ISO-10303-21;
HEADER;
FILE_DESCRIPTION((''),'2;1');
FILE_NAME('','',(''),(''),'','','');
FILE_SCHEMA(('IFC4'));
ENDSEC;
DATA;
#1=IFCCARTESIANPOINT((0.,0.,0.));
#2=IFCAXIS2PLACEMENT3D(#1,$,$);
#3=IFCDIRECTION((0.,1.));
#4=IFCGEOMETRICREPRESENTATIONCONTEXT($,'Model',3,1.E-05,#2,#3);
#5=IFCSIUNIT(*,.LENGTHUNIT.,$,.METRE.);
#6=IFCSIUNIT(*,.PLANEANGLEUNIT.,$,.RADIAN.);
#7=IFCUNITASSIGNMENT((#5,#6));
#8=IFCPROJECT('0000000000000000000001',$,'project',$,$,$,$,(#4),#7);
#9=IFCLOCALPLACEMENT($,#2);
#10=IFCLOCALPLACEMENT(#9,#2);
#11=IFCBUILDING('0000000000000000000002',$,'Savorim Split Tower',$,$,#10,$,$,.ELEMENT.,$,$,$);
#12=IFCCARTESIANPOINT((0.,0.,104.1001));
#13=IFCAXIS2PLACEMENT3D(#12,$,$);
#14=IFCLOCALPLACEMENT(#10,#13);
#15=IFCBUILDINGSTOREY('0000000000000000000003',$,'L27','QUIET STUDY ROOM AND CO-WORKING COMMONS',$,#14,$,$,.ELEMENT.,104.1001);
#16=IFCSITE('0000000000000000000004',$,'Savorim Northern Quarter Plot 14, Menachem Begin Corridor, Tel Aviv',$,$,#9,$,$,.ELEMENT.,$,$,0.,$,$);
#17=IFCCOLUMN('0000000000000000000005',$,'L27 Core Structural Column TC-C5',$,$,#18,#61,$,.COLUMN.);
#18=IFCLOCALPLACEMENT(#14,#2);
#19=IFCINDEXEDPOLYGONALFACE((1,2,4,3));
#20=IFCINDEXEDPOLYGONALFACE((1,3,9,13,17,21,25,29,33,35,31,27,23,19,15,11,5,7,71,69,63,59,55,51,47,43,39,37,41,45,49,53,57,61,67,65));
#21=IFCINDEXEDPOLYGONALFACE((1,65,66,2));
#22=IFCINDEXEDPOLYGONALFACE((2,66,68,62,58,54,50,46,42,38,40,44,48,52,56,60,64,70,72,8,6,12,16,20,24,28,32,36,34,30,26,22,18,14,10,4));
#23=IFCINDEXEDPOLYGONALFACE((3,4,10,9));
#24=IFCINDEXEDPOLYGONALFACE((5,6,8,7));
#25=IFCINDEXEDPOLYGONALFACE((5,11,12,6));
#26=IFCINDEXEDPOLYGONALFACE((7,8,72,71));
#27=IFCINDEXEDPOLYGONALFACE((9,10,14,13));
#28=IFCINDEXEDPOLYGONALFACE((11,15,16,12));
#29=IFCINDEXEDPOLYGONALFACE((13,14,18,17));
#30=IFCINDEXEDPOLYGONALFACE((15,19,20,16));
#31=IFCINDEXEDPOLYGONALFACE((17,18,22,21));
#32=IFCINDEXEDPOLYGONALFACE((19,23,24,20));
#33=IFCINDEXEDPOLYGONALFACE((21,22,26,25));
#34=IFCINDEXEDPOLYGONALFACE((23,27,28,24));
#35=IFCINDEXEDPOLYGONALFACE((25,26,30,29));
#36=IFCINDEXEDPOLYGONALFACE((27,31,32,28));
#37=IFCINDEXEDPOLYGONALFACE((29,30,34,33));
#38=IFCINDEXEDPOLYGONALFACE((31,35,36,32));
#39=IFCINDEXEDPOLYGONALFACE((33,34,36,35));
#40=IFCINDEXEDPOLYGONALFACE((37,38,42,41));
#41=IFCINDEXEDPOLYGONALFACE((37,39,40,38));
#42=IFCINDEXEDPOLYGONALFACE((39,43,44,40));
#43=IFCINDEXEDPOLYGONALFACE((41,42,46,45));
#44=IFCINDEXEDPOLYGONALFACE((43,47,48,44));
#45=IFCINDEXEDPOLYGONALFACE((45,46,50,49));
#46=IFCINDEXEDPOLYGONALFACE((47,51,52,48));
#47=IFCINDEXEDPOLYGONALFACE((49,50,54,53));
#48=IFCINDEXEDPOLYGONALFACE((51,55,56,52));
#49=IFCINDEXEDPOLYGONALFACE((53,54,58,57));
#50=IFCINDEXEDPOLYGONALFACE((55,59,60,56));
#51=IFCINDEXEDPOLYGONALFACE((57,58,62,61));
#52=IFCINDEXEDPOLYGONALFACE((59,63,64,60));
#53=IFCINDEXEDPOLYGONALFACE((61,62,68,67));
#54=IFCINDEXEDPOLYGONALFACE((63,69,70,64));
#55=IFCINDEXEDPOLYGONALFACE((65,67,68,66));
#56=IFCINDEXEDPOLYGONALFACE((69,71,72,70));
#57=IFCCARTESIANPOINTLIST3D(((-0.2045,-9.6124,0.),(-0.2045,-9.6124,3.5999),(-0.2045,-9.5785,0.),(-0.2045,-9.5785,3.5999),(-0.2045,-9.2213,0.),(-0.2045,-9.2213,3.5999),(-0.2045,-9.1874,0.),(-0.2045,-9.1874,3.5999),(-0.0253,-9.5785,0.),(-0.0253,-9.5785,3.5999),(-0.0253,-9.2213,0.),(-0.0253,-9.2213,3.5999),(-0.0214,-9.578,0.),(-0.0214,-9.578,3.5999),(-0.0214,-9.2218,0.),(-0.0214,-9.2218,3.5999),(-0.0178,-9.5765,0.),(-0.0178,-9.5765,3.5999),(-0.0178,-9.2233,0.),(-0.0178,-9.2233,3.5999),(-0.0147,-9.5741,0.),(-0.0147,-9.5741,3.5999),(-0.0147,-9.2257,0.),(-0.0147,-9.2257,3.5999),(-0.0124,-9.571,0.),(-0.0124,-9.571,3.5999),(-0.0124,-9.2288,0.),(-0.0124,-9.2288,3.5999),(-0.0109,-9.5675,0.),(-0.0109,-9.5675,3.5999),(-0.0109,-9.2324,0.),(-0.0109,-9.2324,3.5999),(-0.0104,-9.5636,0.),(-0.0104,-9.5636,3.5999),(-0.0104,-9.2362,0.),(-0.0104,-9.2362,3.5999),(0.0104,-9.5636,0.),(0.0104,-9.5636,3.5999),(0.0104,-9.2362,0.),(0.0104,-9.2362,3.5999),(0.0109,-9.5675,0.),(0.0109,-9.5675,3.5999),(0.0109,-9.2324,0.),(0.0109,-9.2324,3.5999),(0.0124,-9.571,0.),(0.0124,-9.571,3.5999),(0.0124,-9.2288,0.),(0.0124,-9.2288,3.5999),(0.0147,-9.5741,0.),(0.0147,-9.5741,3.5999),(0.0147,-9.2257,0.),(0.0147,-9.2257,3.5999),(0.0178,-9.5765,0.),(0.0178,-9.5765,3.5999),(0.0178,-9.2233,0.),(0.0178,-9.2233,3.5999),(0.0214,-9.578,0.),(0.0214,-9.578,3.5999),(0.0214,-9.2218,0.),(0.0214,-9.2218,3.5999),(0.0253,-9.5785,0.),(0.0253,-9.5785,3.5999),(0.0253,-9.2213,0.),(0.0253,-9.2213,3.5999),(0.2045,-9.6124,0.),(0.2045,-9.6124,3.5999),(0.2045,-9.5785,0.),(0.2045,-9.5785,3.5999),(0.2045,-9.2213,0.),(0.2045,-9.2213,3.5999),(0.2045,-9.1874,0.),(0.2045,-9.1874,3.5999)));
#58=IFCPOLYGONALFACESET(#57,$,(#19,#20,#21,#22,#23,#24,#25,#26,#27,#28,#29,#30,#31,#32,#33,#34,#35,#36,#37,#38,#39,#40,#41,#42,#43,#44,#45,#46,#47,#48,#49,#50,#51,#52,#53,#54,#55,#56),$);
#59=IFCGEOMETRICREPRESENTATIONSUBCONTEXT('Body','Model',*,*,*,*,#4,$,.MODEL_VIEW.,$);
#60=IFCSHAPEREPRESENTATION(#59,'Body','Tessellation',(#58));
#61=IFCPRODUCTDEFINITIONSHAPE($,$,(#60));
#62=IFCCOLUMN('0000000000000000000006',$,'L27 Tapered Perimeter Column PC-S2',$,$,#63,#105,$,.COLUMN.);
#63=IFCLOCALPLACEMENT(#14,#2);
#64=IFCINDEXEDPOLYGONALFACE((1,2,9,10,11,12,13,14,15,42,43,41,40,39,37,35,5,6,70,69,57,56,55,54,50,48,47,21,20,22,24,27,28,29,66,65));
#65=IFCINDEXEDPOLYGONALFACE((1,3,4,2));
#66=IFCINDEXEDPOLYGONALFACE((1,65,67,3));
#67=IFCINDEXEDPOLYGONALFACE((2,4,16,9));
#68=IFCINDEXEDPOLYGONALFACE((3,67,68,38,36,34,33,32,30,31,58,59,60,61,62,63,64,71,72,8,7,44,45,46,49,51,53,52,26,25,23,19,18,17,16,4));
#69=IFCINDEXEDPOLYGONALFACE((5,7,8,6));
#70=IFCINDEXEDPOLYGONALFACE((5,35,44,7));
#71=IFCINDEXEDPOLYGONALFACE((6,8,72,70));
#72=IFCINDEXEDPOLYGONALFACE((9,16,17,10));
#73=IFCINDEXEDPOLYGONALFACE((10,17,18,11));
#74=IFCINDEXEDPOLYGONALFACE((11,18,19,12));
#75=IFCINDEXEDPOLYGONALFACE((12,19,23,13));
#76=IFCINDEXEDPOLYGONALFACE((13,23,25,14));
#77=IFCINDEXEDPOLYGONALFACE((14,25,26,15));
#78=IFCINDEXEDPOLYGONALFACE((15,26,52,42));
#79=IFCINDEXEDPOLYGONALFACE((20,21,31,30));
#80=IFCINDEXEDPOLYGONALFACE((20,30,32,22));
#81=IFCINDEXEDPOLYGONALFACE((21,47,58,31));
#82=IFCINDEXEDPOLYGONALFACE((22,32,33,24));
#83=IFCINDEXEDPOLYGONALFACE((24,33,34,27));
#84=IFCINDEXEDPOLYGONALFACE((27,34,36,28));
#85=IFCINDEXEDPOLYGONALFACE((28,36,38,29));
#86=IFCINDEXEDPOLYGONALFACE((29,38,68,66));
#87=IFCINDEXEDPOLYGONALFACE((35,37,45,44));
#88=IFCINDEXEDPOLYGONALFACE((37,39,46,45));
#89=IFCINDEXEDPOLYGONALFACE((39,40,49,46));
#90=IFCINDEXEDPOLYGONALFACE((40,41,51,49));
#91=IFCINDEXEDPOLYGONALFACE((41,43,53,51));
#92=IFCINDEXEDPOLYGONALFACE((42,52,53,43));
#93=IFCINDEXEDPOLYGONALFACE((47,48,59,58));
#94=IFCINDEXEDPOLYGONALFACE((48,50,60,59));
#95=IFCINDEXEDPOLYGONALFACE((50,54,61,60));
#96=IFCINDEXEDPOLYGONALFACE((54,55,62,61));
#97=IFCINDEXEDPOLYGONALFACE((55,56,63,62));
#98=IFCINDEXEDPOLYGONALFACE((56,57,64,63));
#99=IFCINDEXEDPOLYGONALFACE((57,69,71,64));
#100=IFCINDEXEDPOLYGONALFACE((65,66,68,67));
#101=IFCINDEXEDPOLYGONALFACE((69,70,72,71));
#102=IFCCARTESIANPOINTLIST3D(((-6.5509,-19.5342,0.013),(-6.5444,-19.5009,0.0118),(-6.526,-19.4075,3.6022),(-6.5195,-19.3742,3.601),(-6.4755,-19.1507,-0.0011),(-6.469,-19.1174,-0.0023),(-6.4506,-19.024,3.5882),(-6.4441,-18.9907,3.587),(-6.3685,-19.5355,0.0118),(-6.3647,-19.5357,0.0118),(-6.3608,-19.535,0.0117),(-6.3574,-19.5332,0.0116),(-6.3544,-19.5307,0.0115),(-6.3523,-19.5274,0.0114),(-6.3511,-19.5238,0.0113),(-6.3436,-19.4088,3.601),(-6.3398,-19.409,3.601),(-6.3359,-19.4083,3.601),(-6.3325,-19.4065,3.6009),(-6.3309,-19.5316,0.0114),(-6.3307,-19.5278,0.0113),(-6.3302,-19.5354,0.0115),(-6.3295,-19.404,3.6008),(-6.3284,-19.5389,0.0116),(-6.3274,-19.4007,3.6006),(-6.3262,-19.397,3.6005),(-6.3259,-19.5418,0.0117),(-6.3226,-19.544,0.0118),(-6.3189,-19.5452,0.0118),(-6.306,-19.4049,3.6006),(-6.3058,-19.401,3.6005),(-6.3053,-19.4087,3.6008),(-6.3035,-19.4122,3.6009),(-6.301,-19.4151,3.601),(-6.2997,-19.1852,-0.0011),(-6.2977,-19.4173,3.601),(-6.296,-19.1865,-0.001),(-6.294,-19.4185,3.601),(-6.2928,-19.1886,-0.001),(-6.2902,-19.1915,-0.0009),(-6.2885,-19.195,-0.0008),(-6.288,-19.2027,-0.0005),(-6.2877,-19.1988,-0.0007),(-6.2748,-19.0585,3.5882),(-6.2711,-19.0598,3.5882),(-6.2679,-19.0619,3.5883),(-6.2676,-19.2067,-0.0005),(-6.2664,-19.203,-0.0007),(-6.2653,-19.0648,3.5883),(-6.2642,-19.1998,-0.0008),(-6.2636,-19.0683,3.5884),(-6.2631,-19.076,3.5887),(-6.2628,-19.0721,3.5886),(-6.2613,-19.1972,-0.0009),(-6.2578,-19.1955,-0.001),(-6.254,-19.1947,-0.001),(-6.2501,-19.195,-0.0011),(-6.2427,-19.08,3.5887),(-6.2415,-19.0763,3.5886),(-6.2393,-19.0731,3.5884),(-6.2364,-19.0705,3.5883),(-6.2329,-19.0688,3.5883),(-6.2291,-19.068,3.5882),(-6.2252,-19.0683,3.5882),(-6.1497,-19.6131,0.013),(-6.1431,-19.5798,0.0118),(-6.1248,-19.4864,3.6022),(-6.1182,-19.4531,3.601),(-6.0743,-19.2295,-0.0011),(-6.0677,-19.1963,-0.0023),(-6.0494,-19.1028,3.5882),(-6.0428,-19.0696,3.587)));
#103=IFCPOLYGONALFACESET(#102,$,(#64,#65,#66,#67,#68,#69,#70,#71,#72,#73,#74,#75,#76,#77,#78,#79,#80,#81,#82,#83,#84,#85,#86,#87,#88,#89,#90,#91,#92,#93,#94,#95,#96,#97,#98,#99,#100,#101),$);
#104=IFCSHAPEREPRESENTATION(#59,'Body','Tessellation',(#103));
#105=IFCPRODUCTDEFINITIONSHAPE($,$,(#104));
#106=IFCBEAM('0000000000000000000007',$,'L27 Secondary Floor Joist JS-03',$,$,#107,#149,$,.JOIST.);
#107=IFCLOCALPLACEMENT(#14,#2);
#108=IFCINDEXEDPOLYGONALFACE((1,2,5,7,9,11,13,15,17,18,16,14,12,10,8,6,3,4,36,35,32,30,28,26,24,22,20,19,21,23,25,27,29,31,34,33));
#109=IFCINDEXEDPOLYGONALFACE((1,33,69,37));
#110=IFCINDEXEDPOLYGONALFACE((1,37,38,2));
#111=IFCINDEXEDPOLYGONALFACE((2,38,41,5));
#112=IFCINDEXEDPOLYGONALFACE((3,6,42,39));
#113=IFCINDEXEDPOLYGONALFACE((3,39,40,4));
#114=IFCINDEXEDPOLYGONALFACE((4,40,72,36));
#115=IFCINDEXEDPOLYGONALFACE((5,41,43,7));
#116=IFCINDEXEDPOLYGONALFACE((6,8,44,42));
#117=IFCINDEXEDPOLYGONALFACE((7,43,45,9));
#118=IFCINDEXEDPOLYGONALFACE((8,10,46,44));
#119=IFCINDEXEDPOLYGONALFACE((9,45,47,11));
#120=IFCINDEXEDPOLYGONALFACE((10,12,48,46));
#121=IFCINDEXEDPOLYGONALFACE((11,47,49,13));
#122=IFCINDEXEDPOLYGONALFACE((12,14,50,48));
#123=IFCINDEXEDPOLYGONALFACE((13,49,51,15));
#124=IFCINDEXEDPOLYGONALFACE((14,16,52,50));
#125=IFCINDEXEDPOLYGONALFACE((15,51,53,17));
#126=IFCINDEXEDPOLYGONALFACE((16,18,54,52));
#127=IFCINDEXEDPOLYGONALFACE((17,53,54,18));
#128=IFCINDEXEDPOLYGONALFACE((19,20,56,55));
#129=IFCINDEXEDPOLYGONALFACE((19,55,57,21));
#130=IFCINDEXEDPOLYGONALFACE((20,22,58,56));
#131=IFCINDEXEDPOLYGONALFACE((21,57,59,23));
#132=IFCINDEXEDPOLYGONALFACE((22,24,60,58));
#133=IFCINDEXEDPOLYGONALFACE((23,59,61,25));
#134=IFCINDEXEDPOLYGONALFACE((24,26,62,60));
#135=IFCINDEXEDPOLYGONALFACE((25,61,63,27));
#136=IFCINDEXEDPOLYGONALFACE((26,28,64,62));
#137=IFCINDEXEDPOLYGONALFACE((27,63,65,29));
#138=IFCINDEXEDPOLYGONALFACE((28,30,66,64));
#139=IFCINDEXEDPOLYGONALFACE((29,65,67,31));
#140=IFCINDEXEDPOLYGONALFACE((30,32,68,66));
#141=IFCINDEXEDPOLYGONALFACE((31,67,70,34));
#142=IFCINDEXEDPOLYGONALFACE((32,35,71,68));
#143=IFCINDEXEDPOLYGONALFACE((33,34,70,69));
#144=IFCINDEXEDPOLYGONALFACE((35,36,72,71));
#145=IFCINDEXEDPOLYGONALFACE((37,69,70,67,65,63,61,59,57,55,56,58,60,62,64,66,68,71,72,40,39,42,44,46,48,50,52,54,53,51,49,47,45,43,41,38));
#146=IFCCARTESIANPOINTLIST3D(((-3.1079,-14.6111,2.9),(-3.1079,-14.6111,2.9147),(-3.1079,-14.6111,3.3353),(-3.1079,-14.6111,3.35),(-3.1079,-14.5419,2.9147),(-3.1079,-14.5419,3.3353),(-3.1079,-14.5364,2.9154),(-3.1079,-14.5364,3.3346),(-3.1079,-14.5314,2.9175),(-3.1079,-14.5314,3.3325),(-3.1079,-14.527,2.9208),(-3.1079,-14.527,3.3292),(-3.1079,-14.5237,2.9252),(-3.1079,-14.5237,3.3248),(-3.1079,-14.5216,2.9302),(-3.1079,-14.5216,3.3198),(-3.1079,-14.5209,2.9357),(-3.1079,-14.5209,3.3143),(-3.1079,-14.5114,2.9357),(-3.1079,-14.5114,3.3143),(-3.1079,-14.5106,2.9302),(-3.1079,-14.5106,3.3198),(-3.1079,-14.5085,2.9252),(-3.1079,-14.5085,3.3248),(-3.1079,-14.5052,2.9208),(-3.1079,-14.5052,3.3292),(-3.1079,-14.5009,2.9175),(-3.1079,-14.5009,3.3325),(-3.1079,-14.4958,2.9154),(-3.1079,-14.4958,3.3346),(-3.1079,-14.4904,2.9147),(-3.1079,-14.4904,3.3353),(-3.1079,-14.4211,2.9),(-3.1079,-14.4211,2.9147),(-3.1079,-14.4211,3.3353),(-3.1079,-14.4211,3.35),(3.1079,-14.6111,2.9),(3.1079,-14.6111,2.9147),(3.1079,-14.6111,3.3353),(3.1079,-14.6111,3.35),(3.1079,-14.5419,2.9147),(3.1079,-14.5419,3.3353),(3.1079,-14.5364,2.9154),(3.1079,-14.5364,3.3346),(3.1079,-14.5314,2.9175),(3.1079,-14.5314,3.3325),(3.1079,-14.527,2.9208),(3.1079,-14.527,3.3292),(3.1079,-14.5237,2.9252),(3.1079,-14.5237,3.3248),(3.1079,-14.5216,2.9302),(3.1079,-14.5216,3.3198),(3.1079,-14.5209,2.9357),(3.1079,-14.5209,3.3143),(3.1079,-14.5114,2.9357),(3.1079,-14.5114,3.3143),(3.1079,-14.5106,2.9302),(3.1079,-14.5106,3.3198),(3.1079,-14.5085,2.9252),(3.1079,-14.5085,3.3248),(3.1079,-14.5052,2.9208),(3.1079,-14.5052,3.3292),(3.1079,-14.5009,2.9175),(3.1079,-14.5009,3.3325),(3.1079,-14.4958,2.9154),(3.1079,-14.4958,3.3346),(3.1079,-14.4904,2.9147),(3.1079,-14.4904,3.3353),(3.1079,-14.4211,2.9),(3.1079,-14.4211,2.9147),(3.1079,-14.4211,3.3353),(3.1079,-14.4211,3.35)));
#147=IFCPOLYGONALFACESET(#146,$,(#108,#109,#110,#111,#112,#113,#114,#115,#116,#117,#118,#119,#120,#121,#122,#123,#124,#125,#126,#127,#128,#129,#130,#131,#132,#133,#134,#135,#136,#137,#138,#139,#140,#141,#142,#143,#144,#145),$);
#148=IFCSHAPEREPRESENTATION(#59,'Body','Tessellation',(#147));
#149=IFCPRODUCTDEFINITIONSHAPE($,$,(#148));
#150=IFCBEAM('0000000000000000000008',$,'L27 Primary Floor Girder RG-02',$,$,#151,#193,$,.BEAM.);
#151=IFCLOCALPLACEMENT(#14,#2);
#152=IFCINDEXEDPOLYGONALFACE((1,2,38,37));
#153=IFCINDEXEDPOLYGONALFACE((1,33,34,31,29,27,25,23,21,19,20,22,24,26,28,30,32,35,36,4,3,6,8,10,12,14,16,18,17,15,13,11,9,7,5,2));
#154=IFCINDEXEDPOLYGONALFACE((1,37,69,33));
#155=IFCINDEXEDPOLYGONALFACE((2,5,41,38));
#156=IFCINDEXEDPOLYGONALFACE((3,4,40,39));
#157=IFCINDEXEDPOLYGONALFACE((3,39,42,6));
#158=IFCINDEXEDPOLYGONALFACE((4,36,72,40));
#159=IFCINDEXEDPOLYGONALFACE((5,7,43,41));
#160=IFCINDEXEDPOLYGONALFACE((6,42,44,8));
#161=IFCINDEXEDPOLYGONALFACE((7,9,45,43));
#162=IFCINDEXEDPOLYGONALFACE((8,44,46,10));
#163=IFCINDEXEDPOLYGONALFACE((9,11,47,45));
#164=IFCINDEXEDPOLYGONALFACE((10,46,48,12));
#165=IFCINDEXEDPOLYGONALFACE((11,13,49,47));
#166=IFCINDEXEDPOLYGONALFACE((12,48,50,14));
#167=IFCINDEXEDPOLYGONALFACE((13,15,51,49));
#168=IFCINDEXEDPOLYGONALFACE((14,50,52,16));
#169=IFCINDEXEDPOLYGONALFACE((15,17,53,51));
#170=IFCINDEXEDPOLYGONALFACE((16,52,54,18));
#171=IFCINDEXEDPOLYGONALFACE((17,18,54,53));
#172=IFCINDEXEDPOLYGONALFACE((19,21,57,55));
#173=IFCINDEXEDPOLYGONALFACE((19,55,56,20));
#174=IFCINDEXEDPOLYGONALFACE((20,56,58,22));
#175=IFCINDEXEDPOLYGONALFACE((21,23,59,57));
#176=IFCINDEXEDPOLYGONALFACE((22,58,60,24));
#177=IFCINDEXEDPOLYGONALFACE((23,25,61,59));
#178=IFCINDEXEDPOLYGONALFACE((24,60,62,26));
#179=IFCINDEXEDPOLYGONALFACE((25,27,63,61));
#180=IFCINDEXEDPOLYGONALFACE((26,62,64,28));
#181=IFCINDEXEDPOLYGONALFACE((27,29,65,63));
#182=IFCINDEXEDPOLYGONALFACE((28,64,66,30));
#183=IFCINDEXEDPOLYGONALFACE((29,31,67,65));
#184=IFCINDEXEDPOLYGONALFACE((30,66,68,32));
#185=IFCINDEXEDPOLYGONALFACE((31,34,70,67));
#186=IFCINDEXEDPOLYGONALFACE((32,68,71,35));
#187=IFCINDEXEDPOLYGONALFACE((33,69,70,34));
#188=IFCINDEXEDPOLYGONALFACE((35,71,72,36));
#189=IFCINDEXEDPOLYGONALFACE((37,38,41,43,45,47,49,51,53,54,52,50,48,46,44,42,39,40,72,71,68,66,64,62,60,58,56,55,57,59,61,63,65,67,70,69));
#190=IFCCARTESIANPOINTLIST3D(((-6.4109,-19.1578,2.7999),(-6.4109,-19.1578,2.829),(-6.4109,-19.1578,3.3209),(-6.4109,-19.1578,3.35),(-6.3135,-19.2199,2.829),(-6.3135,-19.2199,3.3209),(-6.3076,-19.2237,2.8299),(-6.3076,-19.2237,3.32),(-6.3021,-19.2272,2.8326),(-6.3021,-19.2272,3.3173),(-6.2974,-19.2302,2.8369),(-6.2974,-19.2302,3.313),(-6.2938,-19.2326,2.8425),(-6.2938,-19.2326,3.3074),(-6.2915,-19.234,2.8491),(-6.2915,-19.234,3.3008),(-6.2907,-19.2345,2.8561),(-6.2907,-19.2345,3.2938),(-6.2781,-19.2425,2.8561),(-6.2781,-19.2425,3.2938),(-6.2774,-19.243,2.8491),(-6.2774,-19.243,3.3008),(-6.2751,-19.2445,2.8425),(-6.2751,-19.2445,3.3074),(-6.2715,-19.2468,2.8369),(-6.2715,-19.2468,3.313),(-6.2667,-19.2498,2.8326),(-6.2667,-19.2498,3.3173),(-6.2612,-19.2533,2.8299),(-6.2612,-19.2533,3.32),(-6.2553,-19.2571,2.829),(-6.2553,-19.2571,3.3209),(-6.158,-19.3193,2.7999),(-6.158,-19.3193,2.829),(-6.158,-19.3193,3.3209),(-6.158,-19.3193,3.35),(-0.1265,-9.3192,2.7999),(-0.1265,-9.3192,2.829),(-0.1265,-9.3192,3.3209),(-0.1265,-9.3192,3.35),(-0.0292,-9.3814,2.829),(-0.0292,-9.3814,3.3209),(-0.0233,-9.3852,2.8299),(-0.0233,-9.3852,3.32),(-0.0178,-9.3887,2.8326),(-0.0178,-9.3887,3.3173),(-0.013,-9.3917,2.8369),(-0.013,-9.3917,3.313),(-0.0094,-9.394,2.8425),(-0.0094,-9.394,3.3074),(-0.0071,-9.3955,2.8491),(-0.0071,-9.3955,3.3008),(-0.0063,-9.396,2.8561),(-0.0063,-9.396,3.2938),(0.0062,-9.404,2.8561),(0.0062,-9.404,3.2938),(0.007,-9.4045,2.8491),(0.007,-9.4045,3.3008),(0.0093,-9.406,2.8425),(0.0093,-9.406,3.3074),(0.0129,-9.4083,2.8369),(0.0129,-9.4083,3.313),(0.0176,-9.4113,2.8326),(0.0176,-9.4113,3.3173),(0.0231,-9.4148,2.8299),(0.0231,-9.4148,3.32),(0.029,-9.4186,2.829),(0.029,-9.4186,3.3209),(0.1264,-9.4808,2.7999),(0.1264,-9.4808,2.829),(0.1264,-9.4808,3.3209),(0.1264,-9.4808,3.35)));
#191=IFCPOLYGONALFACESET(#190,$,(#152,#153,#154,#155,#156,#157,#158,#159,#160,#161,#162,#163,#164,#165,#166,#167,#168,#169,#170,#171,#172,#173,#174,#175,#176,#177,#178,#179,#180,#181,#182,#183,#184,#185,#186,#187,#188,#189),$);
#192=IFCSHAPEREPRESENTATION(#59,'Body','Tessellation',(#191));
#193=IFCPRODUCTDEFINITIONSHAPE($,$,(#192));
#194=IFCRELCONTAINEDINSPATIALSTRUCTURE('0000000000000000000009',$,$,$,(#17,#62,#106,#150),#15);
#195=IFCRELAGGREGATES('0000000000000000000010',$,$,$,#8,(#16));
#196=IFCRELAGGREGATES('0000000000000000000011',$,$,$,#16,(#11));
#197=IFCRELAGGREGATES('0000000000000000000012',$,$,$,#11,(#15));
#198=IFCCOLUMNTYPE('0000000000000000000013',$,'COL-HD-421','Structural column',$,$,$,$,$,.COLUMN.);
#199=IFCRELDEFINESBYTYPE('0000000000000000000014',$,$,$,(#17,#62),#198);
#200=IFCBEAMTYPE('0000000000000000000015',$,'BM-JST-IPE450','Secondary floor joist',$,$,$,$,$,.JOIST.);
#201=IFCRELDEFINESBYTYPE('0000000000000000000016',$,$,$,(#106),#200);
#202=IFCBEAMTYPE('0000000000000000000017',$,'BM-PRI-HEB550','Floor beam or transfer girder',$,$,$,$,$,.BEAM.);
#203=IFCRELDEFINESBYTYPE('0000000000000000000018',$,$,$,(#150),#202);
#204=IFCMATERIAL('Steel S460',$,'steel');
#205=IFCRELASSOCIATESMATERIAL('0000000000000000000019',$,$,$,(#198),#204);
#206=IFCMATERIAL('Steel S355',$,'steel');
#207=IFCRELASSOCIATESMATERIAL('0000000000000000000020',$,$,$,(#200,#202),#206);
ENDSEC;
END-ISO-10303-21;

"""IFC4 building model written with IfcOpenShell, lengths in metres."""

from ifc_helpers import new_model, si_unit, direction, frame, origin, origin_2d, place, context, subcontext, project, spatial, i_section, extrude, material, material_profile, profile_set, type_object, element, save


model = new_model("IFC4")

# Units and contexts
model_context = context("Model", 3, precision=1e-05, world=origin(), true_north=direction((0.0, 1.0)))
body_context = subcontext(model_context, "Body", "Model", "MODEL_VIEW")
ifc_project = project(units=[si_unit("LENGTHUNIT", "METRE"), si_unit("PLANEANGLEUNIT", "RADIAN")], contexts=[model_context])

# Site, building, storey
site_placement = place(None, origin())
site = spatial("IfcSite", under=ifc_project, at=site_placement, Name="Savorim Northern Quarter Plot 14, Menachem Begin Corridor, Tel Aviv", CompositionType="ELEMENT", RefElevation=0.0)
building_placement = place(site_placement, origin())
building = spatial("IfcBuilding", under=site, at=building_placement, Name="Savorim Split Tower", CompositionType="ELEMENT")
storey_placement = place(building_placement, frame((0.0, 0.0, 104.1001)))
storey = spatial("IfcBuildingStorey", under=building, at=storey_placement, Name="L27", Description="QUIET STUDY ROOM AND CO-WORKING COMMONS", CompositionType="ELEMENT", Elevation=104.1001)

# Columns
ifc_material_1 = material(Name="Steel S460", Category="steel")
ifc_material_profile_1 = material_profile(ifc_material_1, i_section(OverallWidth=0.4089, OverallDepth=0.425, WebThickness=0.0208, FlangeThickness=0.0339, FilletRadius=0.0149, at=origin_2d()), Name="HD 400x421")
ifc_profile_set_1 = profile_set([ifc_material_profile_1], Name="Steel S460")
column_type = type_object("IfcColumnType", Name="COL-HD-421", Description="Structural column", PredefinedType="COLUMN", material=ifc_profile_set_1)
column_1_placement = place(storey_placement, frame((0.0, -9.3999, 0.0), z_axis=(0.0, 0.0, 1.0), x_axis=(1.0, 0.0, 0.0)))
element("IfcColumn", 1, at=column_1_placement, inside=storey, type_object=column_type, Name="L27 Core Structural Column TC-C5", PredefinedType="COLUMN", context=body_context, shape_type="SweptSolid", body=[
    extrude(i_section(OverallWidth=0.4089, OverallDepth=0.425, WebThickness=0.0208, FlangeThickness=0.0339, FilletRadius=0.0149, at=origin_2d()), origin(), (0.0, 0.0, 1.0), 3.5999),
])
column_2_placement = place(storey_placement, frame((-6.3093, -19.3652, 0.0054), z_axis=(0.006934, 0.035281, 0.999353), x_axis=(-0.98123, 0.192843, 0.0)))
element("IfcColumn", 2, at=column_2_placement, inside=storey, type_object=column_type, Name="L27 Tapered Perimeter Column PC-S2", PredefinedType="COLUMN", context=body_context, shape_type="SweptSolid", body=[
    extrude(i_section(OverallWidth=0.4089, OverallDepth=0.425, WebThickness=0.0208, FlangeThickness=0.0339, FilletRadius=0.0149, at=origin_2d()), origin(), (0.0, 0.0, 1.0), 3.5916),
])

# Beams
ifc_material_2 = material(Name="Steel S355", Category="steel")
ifc_material_profile_2 = material_profile(ifc_material_2, i_section(OverallWidth=0.1899, OverallDepth=0.45, WebThickness=0.0095, FlangeThickness=0.0146, FilletRadius=0.021, at=origin_2d()), Name="IPE 450")
ifc_profile_set_2 = profile_set([ifc_material_profile_2], Name="Steel S355")
beam_type_1 = type_object("IfcBeamType", Name="BM-JST-IPE450", Description="Secondary floor joist", PredefinedType="JOIST", material=ifc_profile_set_2)
beam_1_placement = place(storey_placement, frame((-3.1079, -14.5161, 3.125), z_axis=(1.0, 0.0, 0.0), x_axis=(0.0, 1.0, 0.0)))
element("IfcBeam", 3, at=beam_1_placement, inside=storey, type_object=beam_type_1, Name="L27 Secondary Floor Joist JS-03", PredefinedType="JOIST", context=body_context, shape_type="SweptSolid", body=[
    extrude(i_section(OverallWidth=0.1899, OverallDepth=0.45, WebThickness=0.0095, FlangeThickness=0.0146, FilletRadius=0.021, at=origin_2d()), origin(), (0.0, 0.0, 1.0), 6.2158),
])
ifc_material_profile_3 = material_profile(ifc_material_2, i_section(OverallWidth=0.3, OverallDepth=0.55, WebThickness=0.0149, FlangeThickness=0.0291, FilletRadius=0.0271, at=origin_2d()), Name="HEB 550")
ifc_profile_set_3 = profile_set([ifc_material_profile_3], Name="Steel S355")
beam_type_2 = type_object("IfcBeamType", Name="BM-PRI-HEB550", Description="Floor beam or transfer girder", PredefinedType="BEAM", material=ifc_profile_set_3)
beam_2_placement = place(storey_placement, frame((-6.2844, -19.2385, 3.075), z_axis=(0.538306, 0.842749, 0.0), x_axis=(-0.842749, 0.538306, 0.0)))
element("IfcBeam", 4, at=beam_2_placement, inside=storey, type_object=beam_type_2, Name="L27 Primary Floor Girder RG-02", PredefinedType="BEAM", context=body_context, shape_type="SweptSolid", body=[
    extrude(i_section(OverallWidth=0.3, OverallDepth=0.55, WebThickness=0.0149, FlangeThickness=0.0291, FilletRadius=0.0271, at=origin_2d()), origin(), (0.0, 0.0, 1.0), 11.6743),
])

save(model, "model.ifc")
